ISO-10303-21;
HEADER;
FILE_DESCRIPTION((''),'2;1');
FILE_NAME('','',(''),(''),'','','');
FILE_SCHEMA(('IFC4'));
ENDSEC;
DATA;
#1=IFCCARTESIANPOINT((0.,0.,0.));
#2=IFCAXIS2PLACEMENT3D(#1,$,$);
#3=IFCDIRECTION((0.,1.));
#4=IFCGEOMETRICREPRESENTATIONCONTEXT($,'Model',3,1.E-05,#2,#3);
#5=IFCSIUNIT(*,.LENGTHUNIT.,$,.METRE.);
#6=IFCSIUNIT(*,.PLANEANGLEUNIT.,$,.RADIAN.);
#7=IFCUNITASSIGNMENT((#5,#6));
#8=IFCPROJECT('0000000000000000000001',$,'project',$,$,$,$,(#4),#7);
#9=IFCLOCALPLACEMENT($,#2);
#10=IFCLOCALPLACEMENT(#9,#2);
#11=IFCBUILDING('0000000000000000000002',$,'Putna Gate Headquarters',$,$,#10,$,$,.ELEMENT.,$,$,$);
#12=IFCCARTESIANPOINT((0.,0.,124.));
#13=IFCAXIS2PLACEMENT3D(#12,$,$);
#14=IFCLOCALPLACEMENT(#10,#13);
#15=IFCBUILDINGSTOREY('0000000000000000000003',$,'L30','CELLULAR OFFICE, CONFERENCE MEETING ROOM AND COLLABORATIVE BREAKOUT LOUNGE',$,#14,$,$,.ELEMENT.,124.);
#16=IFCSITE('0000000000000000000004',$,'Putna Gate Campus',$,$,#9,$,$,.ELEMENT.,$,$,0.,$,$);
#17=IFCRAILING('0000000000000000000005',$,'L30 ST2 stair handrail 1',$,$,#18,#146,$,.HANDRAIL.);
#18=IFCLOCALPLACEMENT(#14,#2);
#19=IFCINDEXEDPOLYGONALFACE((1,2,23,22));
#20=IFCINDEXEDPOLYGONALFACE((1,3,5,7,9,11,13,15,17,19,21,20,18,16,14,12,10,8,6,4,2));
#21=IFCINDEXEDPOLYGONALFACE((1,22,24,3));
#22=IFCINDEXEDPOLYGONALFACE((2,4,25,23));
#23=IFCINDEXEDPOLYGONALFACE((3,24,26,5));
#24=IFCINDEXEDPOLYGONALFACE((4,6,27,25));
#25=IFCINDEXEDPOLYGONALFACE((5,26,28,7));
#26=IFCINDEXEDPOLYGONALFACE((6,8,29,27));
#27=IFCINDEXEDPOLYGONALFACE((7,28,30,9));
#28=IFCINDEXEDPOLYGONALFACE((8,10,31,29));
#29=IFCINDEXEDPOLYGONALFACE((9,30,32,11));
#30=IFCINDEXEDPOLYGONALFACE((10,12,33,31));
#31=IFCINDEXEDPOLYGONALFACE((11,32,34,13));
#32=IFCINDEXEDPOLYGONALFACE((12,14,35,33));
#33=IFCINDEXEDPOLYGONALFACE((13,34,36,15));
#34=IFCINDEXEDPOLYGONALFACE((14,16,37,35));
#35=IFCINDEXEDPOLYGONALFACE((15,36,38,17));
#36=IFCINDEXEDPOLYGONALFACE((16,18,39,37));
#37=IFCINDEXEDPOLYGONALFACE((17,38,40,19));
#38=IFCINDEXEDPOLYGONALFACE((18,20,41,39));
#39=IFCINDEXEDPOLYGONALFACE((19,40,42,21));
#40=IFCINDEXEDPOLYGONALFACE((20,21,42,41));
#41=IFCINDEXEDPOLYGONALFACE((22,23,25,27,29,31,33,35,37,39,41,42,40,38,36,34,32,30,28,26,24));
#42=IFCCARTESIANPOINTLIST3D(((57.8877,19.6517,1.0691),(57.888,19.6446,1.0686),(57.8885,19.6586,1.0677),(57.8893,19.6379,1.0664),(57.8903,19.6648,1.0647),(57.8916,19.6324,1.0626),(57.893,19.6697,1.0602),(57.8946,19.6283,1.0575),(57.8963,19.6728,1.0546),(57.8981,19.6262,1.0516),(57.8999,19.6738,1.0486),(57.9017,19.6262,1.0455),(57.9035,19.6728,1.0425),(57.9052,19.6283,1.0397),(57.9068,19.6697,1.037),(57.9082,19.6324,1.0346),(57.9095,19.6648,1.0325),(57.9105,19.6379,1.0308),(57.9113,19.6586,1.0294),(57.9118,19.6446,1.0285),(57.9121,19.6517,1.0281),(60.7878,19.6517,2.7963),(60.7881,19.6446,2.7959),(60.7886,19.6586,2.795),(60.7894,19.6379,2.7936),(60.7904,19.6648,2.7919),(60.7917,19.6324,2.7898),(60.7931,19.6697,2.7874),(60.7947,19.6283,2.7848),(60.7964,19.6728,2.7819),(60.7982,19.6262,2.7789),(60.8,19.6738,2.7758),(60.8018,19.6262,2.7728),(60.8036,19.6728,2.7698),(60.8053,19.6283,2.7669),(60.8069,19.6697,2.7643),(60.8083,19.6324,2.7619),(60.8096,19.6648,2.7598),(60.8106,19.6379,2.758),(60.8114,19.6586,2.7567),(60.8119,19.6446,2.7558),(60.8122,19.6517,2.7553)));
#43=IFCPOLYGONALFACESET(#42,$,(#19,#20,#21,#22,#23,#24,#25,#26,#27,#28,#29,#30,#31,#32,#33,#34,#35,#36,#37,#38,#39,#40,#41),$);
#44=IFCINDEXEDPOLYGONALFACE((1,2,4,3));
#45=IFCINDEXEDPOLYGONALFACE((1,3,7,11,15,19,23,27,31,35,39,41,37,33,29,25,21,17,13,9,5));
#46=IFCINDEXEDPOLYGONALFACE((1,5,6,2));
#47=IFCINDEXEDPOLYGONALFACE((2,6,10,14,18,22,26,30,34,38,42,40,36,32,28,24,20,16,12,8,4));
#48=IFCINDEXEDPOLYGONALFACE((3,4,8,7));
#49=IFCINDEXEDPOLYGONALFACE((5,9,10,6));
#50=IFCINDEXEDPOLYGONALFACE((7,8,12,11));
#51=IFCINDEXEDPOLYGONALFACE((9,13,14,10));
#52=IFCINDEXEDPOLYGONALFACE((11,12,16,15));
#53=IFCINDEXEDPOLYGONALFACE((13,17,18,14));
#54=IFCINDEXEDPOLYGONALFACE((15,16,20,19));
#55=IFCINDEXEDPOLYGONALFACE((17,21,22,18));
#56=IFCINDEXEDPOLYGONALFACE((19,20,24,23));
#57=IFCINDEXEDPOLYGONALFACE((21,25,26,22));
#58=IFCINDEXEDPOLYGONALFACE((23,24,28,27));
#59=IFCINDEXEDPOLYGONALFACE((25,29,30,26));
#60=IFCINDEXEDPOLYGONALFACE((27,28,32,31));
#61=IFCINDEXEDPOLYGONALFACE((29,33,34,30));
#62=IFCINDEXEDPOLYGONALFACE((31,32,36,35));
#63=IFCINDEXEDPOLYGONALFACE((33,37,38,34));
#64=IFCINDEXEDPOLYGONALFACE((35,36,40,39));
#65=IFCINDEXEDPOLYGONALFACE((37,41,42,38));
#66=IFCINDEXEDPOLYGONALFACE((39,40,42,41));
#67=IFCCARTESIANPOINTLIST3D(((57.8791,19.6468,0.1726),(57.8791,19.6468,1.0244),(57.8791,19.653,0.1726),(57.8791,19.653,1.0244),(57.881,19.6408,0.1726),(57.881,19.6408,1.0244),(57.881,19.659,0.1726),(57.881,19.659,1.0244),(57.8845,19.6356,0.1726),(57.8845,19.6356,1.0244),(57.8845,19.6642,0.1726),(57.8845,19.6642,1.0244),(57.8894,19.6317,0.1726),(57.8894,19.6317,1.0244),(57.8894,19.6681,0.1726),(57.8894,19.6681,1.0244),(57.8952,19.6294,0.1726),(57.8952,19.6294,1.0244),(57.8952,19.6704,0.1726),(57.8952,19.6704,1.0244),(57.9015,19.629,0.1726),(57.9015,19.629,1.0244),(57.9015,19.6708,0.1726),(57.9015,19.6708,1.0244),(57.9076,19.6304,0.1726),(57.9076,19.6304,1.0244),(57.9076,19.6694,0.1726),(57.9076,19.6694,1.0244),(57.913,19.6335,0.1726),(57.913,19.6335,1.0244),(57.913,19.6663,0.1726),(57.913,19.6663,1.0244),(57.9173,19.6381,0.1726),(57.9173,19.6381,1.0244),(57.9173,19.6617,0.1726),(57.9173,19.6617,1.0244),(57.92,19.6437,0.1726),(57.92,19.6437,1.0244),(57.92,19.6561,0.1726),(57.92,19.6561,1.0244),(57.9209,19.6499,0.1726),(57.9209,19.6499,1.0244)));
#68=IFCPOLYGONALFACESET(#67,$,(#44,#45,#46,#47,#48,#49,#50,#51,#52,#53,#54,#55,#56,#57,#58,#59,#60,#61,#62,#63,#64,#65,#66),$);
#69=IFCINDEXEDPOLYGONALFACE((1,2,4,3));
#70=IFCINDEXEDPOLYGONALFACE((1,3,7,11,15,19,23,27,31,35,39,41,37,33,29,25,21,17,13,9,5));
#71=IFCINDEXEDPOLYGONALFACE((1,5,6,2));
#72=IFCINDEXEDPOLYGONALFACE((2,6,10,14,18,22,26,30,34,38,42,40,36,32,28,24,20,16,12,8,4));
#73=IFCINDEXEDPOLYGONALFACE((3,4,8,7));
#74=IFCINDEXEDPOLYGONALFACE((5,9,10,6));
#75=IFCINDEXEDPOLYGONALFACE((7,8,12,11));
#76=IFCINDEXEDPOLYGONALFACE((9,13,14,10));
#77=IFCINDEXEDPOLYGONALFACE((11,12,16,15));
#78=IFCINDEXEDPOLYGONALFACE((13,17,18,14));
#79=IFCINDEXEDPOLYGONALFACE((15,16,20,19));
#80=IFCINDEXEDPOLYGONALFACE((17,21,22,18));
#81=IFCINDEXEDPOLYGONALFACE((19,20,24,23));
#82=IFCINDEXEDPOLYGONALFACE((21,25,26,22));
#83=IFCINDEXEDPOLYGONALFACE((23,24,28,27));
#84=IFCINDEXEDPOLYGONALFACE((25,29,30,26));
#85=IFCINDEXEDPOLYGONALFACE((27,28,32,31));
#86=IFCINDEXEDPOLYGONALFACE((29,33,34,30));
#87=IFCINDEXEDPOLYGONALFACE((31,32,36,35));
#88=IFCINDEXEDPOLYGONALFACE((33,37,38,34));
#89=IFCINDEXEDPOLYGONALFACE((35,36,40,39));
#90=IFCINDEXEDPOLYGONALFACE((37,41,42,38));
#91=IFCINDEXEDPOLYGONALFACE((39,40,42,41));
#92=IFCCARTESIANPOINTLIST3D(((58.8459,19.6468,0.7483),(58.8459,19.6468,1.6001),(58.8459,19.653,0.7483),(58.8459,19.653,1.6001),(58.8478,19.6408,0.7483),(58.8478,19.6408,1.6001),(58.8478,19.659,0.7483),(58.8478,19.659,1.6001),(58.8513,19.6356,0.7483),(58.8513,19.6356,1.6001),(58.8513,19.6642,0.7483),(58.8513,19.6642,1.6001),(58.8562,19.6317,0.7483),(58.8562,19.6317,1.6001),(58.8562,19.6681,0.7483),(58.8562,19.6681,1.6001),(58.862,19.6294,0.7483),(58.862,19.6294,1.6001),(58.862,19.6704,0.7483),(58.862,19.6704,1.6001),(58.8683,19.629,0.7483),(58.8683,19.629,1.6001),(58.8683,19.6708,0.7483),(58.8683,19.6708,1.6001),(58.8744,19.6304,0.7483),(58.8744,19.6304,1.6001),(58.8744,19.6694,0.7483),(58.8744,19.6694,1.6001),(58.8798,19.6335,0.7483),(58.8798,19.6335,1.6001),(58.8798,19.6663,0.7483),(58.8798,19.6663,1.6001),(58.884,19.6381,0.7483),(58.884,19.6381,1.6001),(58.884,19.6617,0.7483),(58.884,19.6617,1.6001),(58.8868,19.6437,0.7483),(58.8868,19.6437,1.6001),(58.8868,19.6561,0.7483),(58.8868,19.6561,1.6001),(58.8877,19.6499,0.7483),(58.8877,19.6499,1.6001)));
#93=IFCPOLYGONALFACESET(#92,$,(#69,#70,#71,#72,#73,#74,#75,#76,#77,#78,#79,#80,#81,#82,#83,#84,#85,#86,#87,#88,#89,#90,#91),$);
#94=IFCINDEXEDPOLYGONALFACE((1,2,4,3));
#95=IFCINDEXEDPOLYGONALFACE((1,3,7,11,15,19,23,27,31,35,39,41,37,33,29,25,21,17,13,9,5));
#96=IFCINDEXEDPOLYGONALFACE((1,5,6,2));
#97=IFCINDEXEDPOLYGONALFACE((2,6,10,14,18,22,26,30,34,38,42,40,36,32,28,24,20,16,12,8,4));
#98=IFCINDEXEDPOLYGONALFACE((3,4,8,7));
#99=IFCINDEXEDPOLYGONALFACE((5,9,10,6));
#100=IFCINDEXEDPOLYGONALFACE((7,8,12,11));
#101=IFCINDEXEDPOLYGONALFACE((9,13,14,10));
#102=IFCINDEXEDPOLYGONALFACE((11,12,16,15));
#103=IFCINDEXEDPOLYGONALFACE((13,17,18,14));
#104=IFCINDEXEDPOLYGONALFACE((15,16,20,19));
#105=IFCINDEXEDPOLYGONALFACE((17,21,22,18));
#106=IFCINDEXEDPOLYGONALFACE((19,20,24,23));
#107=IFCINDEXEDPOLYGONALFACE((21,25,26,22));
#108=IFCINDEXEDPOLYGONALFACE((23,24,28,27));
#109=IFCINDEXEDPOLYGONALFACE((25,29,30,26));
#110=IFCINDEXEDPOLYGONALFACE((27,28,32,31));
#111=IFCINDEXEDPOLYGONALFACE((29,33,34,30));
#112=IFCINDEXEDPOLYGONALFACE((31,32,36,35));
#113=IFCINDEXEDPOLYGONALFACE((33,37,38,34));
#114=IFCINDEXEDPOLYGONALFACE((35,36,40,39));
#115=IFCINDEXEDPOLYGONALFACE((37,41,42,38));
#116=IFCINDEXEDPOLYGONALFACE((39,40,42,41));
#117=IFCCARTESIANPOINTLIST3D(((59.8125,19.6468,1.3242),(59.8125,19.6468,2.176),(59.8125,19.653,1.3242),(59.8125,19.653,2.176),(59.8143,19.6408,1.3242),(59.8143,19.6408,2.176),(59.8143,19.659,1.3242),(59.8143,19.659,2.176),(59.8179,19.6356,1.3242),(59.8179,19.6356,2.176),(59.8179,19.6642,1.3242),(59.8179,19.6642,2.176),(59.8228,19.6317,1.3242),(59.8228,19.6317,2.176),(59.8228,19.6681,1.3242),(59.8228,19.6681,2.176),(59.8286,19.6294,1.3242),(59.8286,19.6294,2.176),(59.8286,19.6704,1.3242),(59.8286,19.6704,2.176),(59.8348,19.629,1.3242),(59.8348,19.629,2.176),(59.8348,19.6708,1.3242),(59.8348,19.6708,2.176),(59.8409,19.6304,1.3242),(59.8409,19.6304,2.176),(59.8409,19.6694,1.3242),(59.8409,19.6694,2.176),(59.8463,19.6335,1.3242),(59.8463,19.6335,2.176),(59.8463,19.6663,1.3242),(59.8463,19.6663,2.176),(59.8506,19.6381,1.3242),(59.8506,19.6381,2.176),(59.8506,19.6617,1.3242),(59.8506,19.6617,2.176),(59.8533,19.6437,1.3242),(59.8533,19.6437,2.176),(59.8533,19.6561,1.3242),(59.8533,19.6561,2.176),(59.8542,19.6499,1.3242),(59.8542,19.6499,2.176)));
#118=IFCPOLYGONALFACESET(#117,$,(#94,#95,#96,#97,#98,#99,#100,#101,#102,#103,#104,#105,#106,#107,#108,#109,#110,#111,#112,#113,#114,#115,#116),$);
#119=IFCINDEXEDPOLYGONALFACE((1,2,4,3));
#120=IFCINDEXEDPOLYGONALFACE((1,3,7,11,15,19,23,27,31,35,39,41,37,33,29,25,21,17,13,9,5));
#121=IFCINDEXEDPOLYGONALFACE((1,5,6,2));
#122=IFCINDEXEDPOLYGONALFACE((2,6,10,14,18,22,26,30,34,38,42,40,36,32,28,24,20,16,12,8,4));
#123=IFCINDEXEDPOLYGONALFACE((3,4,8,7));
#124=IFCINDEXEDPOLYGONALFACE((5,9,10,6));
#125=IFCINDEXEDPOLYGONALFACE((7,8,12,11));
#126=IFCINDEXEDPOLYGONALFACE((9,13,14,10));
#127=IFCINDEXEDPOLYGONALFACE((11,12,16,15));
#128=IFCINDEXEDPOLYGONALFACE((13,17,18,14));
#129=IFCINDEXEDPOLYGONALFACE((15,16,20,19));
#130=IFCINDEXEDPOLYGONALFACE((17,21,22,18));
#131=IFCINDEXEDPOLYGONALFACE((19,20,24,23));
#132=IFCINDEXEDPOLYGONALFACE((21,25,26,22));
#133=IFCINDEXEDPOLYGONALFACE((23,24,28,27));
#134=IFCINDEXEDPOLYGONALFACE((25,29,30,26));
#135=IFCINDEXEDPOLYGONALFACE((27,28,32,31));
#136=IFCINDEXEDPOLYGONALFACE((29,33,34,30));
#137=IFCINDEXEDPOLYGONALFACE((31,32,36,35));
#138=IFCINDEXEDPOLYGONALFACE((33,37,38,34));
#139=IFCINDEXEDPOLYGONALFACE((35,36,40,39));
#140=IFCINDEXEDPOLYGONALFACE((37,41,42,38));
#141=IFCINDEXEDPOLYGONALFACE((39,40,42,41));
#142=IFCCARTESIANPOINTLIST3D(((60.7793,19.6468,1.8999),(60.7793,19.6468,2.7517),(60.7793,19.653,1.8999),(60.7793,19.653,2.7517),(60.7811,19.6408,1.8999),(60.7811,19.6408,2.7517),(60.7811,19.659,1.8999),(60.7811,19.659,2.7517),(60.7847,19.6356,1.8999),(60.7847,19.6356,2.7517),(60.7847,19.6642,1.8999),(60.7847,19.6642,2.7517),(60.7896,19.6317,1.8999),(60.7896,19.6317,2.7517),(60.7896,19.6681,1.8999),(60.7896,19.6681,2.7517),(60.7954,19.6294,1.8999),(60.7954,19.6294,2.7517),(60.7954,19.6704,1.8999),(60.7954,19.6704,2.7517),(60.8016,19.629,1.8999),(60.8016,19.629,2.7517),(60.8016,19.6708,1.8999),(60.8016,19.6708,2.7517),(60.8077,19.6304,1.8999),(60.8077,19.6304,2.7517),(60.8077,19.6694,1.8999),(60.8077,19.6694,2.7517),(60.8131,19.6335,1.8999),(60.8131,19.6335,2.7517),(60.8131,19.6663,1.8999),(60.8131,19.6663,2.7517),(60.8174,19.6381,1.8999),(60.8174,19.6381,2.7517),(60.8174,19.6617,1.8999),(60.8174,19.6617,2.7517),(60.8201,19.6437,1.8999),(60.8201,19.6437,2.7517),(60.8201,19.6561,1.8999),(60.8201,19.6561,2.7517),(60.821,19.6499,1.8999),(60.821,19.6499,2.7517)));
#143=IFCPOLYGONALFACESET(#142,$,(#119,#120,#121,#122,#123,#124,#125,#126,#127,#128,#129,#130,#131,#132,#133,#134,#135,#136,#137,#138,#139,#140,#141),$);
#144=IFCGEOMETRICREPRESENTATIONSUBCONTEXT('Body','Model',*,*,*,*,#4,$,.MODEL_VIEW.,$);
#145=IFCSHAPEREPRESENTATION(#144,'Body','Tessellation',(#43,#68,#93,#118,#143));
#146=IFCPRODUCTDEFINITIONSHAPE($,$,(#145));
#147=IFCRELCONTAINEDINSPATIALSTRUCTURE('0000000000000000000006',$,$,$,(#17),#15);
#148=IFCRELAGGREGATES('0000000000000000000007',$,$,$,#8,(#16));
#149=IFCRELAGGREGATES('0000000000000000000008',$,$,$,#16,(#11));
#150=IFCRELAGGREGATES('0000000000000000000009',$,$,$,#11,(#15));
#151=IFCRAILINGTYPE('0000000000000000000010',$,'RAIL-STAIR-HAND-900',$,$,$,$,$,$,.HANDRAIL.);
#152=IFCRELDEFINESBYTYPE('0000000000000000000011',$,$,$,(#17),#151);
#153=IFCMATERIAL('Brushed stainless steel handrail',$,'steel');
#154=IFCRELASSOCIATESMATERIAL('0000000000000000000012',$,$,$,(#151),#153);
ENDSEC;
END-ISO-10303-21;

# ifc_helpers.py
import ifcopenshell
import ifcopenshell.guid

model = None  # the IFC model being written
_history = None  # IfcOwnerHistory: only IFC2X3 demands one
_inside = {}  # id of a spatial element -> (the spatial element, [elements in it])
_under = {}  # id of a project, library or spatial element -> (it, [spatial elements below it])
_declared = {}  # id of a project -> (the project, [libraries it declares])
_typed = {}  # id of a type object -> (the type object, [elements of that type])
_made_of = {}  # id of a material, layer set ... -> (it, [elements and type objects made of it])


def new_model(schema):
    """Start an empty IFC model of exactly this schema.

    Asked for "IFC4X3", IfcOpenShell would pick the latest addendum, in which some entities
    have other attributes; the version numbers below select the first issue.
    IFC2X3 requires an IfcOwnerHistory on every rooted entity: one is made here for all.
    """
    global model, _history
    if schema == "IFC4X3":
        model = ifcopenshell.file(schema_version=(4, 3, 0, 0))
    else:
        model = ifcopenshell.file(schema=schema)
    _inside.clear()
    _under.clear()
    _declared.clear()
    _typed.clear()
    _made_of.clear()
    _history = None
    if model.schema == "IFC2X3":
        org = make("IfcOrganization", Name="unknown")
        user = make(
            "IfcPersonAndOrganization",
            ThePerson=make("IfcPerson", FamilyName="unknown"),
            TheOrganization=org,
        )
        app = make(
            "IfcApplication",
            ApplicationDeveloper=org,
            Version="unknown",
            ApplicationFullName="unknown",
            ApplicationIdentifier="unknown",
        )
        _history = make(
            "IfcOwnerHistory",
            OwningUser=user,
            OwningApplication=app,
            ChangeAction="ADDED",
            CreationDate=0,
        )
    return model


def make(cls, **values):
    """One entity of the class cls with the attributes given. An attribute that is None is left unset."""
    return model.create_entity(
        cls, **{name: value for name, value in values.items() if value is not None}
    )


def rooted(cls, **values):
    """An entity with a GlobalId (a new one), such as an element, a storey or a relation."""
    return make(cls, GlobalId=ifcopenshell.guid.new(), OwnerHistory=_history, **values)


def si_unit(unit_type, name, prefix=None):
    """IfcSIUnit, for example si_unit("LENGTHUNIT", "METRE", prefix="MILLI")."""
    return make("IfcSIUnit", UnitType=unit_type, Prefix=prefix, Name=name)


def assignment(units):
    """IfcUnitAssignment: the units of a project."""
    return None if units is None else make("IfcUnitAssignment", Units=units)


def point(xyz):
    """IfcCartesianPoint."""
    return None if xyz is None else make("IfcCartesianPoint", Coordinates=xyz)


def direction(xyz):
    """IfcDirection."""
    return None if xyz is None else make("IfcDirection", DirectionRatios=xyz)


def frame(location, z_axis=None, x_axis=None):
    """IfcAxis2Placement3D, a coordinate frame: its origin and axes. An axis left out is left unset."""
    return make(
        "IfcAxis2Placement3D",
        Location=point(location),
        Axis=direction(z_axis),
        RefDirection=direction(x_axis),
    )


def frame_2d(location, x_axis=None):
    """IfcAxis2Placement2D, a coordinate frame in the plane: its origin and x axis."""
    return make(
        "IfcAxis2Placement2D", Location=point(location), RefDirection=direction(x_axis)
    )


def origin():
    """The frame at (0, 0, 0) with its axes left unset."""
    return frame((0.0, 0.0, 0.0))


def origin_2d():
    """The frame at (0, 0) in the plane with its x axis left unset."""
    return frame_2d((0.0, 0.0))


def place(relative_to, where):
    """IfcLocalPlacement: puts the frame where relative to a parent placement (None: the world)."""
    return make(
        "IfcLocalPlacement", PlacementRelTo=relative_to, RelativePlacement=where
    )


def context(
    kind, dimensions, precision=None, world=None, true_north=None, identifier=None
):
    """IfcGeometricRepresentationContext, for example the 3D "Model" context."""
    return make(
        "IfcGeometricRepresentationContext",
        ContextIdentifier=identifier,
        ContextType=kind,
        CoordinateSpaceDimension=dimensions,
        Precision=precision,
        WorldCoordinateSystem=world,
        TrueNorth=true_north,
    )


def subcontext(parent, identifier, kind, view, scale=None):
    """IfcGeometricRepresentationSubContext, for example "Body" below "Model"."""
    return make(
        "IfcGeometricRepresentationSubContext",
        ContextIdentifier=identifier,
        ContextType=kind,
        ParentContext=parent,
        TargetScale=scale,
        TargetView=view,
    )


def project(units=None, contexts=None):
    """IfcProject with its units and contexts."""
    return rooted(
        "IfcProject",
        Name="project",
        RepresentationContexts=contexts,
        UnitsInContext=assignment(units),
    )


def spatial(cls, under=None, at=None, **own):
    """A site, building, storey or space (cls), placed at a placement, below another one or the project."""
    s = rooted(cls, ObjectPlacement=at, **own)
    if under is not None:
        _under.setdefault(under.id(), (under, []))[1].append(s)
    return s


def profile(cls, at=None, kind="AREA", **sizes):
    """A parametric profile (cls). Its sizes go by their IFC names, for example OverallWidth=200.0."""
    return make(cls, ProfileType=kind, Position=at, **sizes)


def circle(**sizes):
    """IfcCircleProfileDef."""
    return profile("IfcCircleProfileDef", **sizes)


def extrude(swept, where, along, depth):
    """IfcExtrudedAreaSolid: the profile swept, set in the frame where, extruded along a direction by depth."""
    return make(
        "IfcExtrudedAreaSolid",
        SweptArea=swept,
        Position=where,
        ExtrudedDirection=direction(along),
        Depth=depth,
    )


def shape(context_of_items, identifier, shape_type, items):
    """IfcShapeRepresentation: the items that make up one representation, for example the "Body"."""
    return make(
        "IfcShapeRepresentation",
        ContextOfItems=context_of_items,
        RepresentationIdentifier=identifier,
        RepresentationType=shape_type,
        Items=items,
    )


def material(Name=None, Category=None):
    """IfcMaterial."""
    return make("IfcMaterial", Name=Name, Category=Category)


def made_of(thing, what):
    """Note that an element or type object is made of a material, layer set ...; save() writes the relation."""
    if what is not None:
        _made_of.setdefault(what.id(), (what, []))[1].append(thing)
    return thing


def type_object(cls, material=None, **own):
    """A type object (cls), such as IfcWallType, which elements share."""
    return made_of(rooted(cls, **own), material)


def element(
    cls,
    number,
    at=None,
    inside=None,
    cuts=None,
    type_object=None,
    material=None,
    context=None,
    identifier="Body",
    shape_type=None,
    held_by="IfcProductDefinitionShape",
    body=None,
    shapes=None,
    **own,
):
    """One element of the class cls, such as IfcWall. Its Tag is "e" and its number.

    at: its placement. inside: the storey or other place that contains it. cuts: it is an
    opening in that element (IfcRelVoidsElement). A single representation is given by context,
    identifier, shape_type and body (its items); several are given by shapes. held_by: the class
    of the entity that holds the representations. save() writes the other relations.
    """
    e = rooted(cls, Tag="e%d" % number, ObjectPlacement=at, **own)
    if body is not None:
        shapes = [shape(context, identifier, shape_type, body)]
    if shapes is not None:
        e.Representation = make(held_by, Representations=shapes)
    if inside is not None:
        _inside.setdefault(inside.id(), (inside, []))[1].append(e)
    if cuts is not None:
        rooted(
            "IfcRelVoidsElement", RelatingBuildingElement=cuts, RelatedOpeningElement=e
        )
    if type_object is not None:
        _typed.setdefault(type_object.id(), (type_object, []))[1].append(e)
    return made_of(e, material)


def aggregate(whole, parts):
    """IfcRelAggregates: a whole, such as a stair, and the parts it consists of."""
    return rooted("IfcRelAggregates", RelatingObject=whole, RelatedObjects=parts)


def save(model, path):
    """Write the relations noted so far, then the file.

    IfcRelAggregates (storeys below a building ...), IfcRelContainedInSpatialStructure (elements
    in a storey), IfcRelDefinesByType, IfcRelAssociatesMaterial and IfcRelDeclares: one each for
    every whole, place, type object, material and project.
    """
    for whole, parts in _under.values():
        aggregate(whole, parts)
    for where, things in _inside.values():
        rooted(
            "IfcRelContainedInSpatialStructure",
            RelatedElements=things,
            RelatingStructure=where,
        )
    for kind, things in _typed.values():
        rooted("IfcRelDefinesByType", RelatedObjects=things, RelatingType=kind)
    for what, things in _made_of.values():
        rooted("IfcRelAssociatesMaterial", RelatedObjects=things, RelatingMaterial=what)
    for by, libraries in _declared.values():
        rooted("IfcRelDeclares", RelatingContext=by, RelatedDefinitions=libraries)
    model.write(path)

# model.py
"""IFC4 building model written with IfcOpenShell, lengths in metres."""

from ifc_helpers import new_model, si_unit, direction, frame, origin, origin_2d, place, context, subcontext, project, spatial, circle, extrude, material, type_object, element, save


model = new_model("IFC4")

# Units and contexts
model_context = context("Model", 3, precision=1e-05, world=origin(), true_north=direction((0.0, 1.0)))
body_context = subcontext(model_context, "Body", "Model", "MODEL_VIEW")
ifc_project = project(units=[si_unit("LENGTHUNIT", "METRE"), si_unit("PLANEANGLEUNIT", "RADIAN")], contexts=[model_context])

# Site, building, storey
site_placement = place(None, origin())
site = spatial("IfcSite", under=ifc_project, at=site_placement, Name="Putna Gate Campus", CompositionType="ELEMENT", RefElevation=0.0)
building_placement = place(site_placement, origin())
building = spatial("IfcBuilding", under=site, at=building_placement, Name="Putna Gate Headquarters", CompositionType="ELEMENT")
storey_placement = place(building_placement, frame((0.0, 0.0, 124.0)))
storey = spatial("IfcBuildingStorey", under=building, at=storey_placement, Name="L30", Description="CELLULAR OFFICE, CONFERENCE MEETING ROOM AND COLLABORATIVE BREAKOUT LOUNGE", CompositionType="ELEMENT", Elevation=124.0)

# Railing
ifc_material_1 = material(Name="Brushed stainless steel handrail", Category="steel")
railing_type_1 = type_object("IfcRailingType", Name="RAIL-STAIR-HAND-900", PredefinedType="HANDRAIL", material=ifc_material_1)
railing_1_placement = place(storey_placement, frame((57.8999, 19.6499, 0.1726)))
element("IfcRailing", 1, at=railing_1_placement, inside=storey, type_object=railing_type_1, Name="L30 ST2 stair handrail 1", PredefinedType="HANDRAIL", context=body_context, shape_type="SweptSolid", body=[
    extrude(circle(Radius=0.0239, at=origin_2d()), frame((0.0, 0.0, 0.876), z_axis=(0.85916, 0.0, 0.511706), x_axis=(0.0, 1.0, 0.0)), (0.0, 0.0, 1.0), 3.3755),
    extrude(circle(Radius=0.021, at=origin_2d()), origin(), (0.0, 0.0, 1.0), 0.8518),
    extrude(circle(Radius=0.021, at=origin_2d()), frame((0.9668, 0.0, 0.5757)), (0.0, 0.0, 1.0), 0.8518),
    extrude(circle(Radius=0.021, at=origin_2d()), frame((1.9333, 0.0, 1.1516)), (0.0, 0.0, 1.0), 0.8518),
    extrude(circle(Radius=0.021, at=origin_2d()), frame((2.9001, 0.0, 1.7273)), (0.0, 0.0, 1.0), 0.8518),
])

save(model, "model.ifc")
